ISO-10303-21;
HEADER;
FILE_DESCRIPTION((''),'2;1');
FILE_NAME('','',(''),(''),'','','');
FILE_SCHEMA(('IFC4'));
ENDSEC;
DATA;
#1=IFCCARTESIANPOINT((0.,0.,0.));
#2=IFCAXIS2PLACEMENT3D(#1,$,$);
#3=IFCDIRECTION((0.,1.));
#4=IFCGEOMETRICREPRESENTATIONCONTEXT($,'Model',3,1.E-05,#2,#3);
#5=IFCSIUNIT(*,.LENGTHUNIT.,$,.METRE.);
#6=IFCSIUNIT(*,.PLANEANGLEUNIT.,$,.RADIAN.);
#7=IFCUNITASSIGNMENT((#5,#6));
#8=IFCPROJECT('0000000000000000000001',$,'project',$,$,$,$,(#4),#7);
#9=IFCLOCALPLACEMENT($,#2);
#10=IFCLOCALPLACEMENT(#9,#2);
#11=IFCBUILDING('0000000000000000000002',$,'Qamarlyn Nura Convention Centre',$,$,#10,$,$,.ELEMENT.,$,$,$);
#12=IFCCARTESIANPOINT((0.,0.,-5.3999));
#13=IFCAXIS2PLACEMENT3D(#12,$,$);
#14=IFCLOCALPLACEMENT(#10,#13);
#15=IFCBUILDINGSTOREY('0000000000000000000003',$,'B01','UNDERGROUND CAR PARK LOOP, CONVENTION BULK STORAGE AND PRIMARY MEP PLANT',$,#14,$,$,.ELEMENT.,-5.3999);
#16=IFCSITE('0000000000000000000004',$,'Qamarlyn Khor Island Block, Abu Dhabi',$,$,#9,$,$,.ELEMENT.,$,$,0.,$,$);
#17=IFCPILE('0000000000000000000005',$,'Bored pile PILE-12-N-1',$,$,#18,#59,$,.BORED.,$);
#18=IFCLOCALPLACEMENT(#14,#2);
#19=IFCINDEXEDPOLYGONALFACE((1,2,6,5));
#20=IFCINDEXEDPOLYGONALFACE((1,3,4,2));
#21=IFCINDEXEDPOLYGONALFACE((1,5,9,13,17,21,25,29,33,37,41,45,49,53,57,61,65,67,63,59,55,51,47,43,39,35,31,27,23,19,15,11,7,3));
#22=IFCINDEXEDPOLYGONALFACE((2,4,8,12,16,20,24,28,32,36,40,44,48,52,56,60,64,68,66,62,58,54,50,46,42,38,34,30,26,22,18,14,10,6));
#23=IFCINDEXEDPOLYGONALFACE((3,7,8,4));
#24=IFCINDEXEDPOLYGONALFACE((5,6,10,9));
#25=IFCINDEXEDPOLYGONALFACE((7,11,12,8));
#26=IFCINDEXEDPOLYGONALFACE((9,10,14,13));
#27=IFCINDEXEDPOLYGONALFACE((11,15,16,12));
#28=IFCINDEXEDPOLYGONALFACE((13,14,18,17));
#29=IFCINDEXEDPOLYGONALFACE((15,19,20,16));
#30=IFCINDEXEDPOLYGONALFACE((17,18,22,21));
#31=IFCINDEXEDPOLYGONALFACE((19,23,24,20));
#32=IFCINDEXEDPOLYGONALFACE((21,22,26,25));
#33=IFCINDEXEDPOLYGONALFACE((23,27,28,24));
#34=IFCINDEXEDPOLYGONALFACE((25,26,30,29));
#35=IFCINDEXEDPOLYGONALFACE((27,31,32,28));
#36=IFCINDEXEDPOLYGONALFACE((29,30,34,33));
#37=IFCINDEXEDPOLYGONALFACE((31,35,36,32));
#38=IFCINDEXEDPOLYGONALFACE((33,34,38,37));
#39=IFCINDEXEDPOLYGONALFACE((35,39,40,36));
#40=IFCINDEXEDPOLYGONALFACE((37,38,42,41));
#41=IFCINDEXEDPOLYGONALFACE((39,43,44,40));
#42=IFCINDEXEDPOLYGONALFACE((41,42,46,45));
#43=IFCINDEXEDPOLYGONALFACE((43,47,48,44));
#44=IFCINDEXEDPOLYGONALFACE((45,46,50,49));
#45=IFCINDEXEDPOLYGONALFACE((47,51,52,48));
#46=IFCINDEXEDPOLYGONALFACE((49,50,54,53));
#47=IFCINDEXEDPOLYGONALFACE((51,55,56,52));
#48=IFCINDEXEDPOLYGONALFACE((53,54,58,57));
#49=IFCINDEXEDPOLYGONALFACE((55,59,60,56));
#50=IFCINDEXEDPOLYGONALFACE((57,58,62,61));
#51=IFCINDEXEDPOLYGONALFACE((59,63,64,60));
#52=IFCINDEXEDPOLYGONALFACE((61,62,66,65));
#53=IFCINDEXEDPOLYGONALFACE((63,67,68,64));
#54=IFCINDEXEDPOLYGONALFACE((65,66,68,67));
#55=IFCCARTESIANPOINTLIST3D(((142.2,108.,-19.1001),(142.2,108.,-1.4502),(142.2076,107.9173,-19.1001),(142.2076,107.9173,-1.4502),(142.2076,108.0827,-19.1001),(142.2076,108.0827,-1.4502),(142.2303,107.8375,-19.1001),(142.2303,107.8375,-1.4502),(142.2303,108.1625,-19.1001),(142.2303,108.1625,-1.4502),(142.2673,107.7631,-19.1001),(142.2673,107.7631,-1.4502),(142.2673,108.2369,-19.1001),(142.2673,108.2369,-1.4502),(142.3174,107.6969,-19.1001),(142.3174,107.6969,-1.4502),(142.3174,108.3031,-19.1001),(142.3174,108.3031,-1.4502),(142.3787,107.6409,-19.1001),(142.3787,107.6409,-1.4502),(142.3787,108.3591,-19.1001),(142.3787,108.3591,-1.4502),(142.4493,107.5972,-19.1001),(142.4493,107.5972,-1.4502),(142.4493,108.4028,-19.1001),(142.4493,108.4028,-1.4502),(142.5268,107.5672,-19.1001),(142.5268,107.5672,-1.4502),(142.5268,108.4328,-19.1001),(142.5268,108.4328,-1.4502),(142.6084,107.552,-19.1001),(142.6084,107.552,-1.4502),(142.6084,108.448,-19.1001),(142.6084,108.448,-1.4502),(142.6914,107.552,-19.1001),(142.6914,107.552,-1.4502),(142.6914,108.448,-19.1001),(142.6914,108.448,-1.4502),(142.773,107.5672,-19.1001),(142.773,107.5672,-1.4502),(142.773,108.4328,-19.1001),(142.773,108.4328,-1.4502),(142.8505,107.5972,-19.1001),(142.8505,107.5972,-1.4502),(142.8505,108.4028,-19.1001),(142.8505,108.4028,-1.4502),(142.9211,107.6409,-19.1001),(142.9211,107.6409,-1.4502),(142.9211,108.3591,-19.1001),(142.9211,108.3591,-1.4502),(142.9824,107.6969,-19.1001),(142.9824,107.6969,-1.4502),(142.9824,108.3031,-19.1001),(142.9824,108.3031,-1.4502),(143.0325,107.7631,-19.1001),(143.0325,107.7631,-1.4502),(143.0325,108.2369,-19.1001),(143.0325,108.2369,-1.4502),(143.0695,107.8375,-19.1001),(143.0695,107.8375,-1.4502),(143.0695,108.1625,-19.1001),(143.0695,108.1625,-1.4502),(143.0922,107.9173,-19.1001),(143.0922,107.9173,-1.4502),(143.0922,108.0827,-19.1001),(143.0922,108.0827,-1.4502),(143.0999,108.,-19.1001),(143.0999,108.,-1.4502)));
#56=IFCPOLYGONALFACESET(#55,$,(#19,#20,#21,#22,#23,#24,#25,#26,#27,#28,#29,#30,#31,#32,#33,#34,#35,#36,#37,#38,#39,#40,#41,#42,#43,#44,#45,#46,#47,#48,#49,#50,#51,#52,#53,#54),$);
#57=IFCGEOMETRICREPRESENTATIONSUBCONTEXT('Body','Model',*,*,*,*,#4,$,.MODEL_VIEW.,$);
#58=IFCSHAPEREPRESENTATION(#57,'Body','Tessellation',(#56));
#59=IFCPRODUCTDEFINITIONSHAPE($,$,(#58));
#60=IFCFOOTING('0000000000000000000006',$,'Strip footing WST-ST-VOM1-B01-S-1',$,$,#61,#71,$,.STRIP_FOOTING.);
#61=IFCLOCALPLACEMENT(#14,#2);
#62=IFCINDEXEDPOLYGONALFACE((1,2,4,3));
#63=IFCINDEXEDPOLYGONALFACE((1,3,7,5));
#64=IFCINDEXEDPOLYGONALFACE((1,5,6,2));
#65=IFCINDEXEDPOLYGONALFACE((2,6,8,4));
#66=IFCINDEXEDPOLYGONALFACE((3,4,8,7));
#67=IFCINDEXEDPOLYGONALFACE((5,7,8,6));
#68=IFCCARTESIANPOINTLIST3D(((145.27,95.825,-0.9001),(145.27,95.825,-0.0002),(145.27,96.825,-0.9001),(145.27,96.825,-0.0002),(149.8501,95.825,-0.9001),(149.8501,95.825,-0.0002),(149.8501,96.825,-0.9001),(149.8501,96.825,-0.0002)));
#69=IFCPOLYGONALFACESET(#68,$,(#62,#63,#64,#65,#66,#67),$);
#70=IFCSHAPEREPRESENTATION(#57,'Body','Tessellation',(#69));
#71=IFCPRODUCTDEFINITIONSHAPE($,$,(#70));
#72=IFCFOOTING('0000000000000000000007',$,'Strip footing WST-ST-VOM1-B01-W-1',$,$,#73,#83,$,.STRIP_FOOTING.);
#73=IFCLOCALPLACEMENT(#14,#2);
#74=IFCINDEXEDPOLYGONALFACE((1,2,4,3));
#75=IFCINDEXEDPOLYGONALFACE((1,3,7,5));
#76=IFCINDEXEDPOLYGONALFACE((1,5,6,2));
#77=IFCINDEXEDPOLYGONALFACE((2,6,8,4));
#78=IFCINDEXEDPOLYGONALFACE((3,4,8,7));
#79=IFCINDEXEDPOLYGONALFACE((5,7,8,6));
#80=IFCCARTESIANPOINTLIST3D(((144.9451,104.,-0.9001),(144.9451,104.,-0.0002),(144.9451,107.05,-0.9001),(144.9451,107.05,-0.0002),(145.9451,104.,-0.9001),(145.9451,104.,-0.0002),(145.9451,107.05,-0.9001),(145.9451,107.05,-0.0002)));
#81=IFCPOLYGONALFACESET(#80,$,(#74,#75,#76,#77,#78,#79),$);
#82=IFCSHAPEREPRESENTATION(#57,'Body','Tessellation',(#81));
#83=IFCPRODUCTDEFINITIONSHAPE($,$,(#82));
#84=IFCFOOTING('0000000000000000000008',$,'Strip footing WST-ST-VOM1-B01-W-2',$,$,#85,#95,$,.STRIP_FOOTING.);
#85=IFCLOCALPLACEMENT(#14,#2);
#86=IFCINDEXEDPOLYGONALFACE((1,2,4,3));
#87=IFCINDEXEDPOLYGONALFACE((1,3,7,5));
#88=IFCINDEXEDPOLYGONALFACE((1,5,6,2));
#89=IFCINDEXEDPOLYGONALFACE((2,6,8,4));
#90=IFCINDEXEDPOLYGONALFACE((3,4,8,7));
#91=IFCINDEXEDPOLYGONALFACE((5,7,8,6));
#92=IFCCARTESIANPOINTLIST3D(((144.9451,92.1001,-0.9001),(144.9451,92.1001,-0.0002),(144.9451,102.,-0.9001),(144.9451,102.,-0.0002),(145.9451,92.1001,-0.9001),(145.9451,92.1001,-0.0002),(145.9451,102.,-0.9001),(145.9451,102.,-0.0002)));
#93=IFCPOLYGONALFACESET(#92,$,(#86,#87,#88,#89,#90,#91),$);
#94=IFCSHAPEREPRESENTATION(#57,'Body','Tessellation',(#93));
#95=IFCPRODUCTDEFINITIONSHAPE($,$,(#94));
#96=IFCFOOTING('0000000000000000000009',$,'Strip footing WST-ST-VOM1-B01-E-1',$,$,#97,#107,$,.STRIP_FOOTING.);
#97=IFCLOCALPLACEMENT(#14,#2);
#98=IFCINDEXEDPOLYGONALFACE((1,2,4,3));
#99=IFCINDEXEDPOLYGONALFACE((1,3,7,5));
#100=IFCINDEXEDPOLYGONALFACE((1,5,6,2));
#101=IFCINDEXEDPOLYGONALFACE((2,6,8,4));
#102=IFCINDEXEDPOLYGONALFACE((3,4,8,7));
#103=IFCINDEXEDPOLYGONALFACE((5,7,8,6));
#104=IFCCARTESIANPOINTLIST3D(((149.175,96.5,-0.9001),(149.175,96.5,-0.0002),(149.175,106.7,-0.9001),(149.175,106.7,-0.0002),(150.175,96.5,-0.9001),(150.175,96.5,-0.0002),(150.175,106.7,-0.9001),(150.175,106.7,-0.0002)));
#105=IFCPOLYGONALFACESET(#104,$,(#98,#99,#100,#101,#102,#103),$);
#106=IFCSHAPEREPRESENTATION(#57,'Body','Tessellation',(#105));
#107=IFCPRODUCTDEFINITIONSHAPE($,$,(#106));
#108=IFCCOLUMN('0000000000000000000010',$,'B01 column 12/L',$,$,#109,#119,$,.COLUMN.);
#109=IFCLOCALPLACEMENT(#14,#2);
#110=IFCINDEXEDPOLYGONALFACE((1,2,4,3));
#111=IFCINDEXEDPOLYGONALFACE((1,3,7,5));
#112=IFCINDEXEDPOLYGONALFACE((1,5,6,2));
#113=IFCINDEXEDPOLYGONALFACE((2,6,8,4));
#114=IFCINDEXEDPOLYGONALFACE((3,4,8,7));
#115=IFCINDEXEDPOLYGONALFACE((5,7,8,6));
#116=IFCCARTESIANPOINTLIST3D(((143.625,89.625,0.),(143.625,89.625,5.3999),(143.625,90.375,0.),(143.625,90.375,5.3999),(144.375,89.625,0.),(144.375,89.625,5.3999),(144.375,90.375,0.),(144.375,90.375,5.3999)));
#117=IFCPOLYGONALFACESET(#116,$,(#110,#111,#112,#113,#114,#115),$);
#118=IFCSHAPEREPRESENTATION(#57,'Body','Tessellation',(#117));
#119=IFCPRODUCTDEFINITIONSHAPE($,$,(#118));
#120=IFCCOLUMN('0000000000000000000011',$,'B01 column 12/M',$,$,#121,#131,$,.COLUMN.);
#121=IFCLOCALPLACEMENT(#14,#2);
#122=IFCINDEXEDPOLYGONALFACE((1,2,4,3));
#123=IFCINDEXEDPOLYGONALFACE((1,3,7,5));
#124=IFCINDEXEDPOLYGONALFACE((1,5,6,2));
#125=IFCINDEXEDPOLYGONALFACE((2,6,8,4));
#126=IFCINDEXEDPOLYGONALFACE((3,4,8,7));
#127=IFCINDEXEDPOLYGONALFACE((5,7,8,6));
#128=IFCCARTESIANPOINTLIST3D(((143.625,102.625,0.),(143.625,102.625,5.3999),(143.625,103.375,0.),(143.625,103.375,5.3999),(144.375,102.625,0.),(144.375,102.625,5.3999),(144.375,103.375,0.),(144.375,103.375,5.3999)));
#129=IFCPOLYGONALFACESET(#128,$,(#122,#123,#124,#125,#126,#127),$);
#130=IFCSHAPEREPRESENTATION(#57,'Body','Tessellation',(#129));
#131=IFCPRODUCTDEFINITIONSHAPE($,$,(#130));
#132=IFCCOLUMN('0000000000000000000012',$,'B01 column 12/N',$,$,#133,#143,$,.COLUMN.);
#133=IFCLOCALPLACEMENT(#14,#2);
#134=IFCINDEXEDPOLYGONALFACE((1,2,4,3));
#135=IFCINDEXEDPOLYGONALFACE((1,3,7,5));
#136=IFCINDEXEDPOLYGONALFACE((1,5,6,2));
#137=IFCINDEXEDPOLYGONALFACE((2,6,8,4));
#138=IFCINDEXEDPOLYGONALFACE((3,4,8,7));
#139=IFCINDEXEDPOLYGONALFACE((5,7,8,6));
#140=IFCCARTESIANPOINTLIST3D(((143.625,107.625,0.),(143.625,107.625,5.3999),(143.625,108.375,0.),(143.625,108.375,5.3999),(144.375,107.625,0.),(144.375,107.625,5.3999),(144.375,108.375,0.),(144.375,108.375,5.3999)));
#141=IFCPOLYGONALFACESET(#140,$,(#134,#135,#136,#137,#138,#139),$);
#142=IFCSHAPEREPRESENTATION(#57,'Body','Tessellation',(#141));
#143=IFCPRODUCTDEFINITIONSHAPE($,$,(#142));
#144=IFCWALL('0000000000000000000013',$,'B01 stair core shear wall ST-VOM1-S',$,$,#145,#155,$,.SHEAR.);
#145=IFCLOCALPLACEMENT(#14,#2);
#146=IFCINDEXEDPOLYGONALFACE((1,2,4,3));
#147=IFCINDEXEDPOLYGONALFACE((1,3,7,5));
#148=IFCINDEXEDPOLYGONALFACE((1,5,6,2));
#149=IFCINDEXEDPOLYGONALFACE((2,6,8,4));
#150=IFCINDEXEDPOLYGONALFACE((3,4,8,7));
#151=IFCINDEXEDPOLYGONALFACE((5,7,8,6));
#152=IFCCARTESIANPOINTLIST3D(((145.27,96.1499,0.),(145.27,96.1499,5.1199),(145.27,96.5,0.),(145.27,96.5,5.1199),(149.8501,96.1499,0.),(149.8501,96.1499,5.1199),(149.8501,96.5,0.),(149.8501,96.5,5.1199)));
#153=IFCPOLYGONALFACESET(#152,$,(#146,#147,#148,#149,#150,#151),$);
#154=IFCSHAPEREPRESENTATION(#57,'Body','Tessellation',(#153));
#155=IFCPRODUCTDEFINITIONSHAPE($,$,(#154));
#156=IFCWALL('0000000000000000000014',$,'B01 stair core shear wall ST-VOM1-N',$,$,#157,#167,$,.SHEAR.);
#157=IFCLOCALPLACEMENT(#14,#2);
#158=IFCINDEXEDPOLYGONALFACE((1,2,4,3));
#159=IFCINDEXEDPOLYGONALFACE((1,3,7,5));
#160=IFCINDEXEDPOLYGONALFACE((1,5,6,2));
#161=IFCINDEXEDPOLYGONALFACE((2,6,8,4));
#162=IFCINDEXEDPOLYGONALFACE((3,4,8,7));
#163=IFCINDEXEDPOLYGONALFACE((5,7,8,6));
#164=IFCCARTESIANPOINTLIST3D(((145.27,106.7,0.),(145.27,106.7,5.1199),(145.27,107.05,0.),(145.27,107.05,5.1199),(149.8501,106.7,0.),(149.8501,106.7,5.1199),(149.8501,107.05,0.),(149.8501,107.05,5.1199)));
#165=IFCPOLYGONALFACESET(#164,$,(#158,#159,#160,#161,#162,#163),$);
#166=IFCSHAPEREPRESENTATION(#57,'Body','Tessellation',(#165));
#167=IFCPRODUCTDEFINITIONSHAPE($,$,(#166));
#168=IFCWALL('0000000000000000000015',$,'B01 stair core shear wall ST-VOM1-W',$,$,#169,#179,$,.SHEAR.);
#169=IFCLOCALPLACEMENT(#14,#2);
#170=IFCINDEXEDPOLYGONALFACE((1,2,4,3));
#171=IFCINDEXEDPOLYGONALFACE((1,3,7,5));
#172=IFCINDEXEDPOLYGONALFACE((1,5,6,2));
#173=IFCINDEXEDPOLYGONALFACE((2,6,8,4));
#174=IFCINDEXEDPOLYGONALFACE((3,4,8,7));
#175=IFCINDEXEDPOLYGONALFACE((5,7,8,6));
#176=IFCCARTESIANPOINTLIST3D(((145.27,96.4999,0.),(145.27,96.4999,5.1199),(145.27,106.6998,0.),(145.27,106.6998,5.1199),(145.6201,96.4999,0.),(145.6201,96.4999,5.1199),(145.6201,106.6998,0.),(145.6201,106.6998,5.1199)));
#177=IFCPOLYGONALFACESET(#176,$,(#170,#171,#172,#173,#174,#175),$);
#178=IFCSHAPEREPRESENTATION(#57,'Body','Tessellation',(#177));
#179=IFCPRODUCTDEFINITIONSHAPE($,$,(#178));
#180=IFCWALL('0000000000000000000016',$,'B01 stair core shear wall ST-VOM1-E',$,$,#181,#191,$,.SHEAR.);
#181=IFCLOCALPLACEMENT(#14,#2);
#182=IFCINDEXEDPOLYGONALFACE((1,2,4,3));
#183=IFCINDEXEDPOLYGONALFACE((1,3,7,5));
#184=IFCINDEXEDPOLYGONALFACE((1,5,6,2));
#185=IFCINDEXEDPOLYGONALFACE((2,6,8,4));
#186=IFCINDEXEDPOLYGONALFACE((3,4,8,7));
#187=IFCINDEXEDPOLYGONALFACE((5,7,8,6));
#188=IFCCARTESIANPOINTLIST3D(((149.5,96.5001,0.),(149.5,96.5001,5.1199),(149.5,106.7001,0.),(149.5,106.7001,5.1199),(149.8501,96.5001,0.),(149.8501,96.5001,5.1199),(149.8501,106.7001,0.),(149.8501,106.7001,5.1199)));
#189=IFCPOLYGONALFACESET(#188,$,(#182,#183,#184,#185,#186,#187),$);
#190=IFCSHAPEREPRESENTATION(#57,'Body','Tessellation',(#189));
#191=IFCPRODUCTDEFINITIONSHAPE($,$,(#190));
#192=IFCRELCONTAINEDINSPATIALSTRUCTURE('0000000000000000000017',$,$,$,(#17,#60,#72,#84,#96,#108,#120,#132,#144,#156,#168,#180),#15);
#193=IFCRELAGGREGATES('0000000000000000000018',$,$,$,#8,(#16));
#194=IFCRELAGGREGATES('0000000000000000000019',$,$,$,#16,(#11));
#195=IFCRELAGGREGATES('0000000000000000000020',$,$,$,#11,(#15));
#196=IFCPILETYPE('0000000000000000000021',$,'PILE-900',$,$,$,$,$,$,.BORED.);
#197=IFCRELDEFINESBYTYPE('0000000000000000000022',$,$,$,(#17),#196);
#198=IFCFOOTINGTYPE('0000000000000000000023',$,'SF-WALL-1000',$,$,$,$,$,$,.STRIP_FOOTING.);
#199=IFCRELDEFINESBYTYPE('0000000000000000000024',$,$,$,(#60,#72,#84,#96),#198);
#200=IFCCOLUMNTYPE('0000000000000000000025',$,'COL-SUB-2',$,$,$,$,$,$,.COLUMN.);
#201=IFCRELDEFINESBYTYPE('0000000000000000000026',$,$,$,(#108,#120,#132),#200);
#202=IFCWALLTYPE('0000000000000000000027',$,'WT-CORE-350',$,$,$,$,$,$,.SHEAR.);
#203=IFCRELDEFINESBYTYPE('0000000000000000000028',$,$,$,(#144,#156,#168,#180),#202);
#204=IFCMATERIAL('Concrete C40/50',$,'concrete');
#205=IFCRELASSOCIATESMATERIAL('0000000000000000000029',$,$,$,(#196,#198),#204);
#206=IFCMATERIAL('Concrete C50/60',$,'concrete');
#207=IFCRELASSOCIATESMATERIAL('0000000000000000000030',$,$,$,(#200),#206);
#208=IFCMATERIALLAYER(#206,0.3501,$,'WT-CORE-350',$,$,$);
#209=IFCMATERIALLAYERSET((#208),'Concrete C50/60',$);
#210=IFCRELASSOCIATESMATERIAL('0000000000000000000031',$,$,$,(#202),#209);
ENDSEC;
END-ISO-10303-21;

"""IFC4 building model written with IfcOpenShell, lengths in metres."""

from ifc_helpers import new_model, si_unit, direction, frame, frame_2d, origin, origin_2d, place, context, subcontext, project, spatial, rectangle, circle, extrude, material, layer, layer_set, material_profile, profile_set, type_object, element, save


model = new_model("IFC4")

# Units and contexts
model_context = context("Model", 3, precision=1e-05, world=origin(), true_north=direction((0.0, 1.0)))
body_context = subcontext(model_context, "Body", "Model", "MODEL_VIEW")
ifc_project = project(units=[si_unit("LENGTHUNIT", "METRE"), si_unit("PLANEANGLEUNIT", "RADIAN")], contexts=[model_context])

# Site, building, storey
site_placement = place(None, origin())
site = spatial("IfcSite", under=ifc_project, at=site_placement, Name="Qamarlyn Khor Island Block, Abu Dhabi", CompositionType="ELEMENT", RefElevation=0.0)
building_placement = place(site_placement, origin())
building = spatial("IfcBuilding", under=site, at=building_placement, Name="Qamarlyn Nura Convention Centre", CompositionType="ELEMENT")
storey_placement = place(building_placement, frame((0.0, 0.0, -5.3999)))
storey = spatial("IfcBuildingStorey", under=building, at=storey_placement, Name="B01", Description="UNDERGROUND CAR PARK LOOP, CONVENTION BULK STORAGE AND PRIMARY MEP PLANT", CompositionType="ELEMENT", Elevation=-5.3999)

# Shared definitions
ifc_material_1 = material(Name="Concrete C40/50", Category="concrete")

# Pile
ifc_material_profile_1 = material_profile(ifc_material_1, circle(Radius=0.45, at=origin_2d()), Name="BORED PILE 900")
ifc_profile_set_1 = profile_set([ifc_material_profile_1], Name="Concrete C40/50")
pile_type = type_object("IfcPileType", Name="PILE-900", PredefinedType="BORED", material=ifc_profile_set_1)
for number, where, z_axis, x_axis, name in (
    (1, (142.6499, 108.0, -1.4502), (0.0, 0.0, -1.0), (1.0, 0.0, 0.0), "Bored pile PILE-12-N-1"),
):
    element("IfcPile", number, at=place(storey_placement, frame(where, z_axis=z_axis, x_axis=x_axis)), inside=storey, type_object=pile_type, Name=name, PredefinedType="BORED", context=body_context, shape_type="SweptSolid", body=[
        extrude(circle(Radius=0.45, at=origin_2d()), origin(), (0.0, 0.0, 1.0), 17.6499),
    ])

# Footings
ifc_material_profile_2 = material_profile(ifc_material_1, rectangle(XDim=1.0, YDim=0.8999, at=origin_2d()), Name="RC STRIP 1000x900")
ifc_profile_set_2 = profile_set([ifc_material_profile_2], Name="Concrete C40/50")
footing_type_1 = type_object("IfcFootingType", Name="SF-WALL-1000", PredefinedType="STRIP_FOOTING", material=ifc_profile_set_2)
footing_1_placement = place(storey_placement, frame((145.27, 96.325, -0.4502), z_axis=(1.0, 0.0, 0.0), x_axis=(0.0, 1.0, 0.0)))
element("IfcFooting", 2, at=footing_1_placement, inside=storey, type_object=footing_type_1, Name="Strip footing WST-ST-VOM1-B01-S-1", PredefinedType="STRIP_FOOTING", context=body_context, shape_type="SweptSolid", body=[
    extrude(rectangle(XDim=1.0, YDim=0.8999, at=origin_2d()), origin(), (0.0, 0.0, 1.0), 4.5801),
])
footing_2_placement = place(storey_placement, frame((145.4451, 107.05, -0.4502), z_axis=(0.0, -1.0, 0.0), x_axis=(1.0, 0.0, 0.0)))
element("IfcFooting", 3, at=footing_2_placement, inside=storey, type_object=footing_type_1, Name="Strip footing WST-ST-VOM1-B01-W-1", PredefinedType="STRIP_FOOTING", context=body_context, shape_type="SweptSolid", body=[
    extrude(rectangle(XDim=1.0, YDim=0.8999, at=origin_2d()), origin(), (0.0, 0.0, 1.0), 3.05),
])
footing_3_placement = place(storey_placement, frame((145.4451, 102.0, -0.4502), z_axis=(0.0, -1.0, 0.0), x_axis=(1.0, 0.0, 0.0)))
element("IfcFooting", 4, at=footing_3_placement, inside=storey, type_object=footing_type_1, Name="Strip footing WST-ST-VOM1-B01-W-2", PredefinedType="STRIP_FOOTING", context=body_context, shape_type="SweptSolid", body=[
    extrude(rectangle(XDim=1.0, YDim=0.8999, at=origin_2d()), origin(), (0.0, 0.0, 1.0), 9.8999),
])
footing_4_placement = place(storey_placement, frame((149.675, 96.5, -0.4502), z_axis=(0.0, 1.0, 0.0), x_axis=(-1.0, 0.0, 0.0)))
element("IfcFooting", 5, at=footing_4_placement, inside=storey, type_object=footing_type_1, Name="Strip footing WST-ST-VOM1-B01-E-1", PredefinedType="STRIP_FOOTING", context=body_context, shape_type="SweptSolid", body=[
    extrude(rectangle(XDim=1.0, YDim=0.8999, at=origin_2d()), origin(), (0.0, 0.0, 1.0), 10.2),
])

# Columns
ifc_material_2 = material(Name="Concrete C50/60", Category="concrete")
ifc_material_profile_3 = material_profile(ifc_material_2, rectangle(XDim=0.75, YDim=0.75, at=origin_2d()), Name="RC 750x750")
ifc_profile_set_3 = profile_set([ifc_material_profile_3], Name="Concrete C50/60")
column_type = type_object("IfcColumnType", Name="COL-SUB-2", PredefinedType="COLUMN", material=ifc_profile_set_3)
for number, where, z_axis, x_axis, name in (
    (6, (144.0, 90.0, 0.0), (0.0, 0.0, 1.0), (1.0, 0.0, 0.0), "B01 column 12/L"),
    (7, (144.0, 103.0, 0.0), (0.0, 0.0, 1.0), (1.0, 0.0, 0.0), "B01 column 12/M"),
    (8, (144.0, 108.0, 0.0), (0.0, 0.0, 1.0), (1.0, 0.0, 0.0), "B01 column 12/N"),
):
    element("IfcColumn", number, at=place(storey_placement, frame(where, z_axis=z_axis, x_axis=x_axis)), inside=storey, type_object=column_type, Name=name, PredefinedType="COLUMN", context=body_context, shape_type="SweptSolid", body=[
        extrude(rectangle(XDim=0.75, YDim=0.75, at=origin_2d()), origin(), (0.0, 0.0, 1.0), 5.3999),
    ])

# Walls
ifc_layer_1 = layer(ifc_material_2, 0.3501, Name="WT-CORE-350")
ifc_layer_set_1 = layer_set([ifc_layer_1], Name="Concrete C50/60")
wall_type_1 = type_object("IfcWallType", Name="WT-CORE-350", PredefinedType="SHEAR", material=ifc_layer_set_1)
for number, where, z_axis, x_axis, name in (
    (9, (145.27, 96.325, 0.0), (0.0, 0.0, 1.0), (1.0, 0.0, 0.0), "B01 stair core shear wall ST-VOM1-S"),
    (10, (149.8501, 106.875, 0.0), (0.0, 0.0, 1.0), (-1.0, 0.0, 0.0), "B01 stair core shear wall ST-VOM1-N"),
):
    element("IfcWall", number, at=place(storey_placement, frame(where, z_axis=z_axis, x_axis=x_axis)), inside=storey, type_object=wall_type_1, Name=name, PredefinedType="SHEAR", context=body_context, shape_type="SweptSolid", body=[
        extrude(rectangle(XDim=4.5801, YDim=0.3501, at=frame_2d((2.29, 0.0))), origin(), (0.0, 0.0, 1.0), 5.1199),
    ])
for number, where, z_axis, x_axis, name in (
    (11, (145.4451, 106.7, 0.0), (0.0, 0.0, 1.0), (0.0, -1.0, 0.0), "B01 stair core shear wall ST-VOM1-W"),
    (12, (149.675, 96.5, 0.0), (0.0, 0.0, 1.0), (0.0, 1.0, 0.0), "B01 stair core shear wall ST-VOM1-E"),
):
    element("IfcWall", number, at=place(storey_placement, frame(where, z_axis=z_axis, x_axis=x_axis)), inside=storey, type_object=wall_type_1, Name=name, PredefinedType="SHEAR", context=body_context, shape_type="SweptSolid", body=[
        extrude(rectangle(XDim=10.2, YDim=0.3501, at=frame_2d((5.1001, 0.0))), origin(), (0.0, 0.0, 1.0), 5.1199),
    ])

save(model, "model.ifc")
